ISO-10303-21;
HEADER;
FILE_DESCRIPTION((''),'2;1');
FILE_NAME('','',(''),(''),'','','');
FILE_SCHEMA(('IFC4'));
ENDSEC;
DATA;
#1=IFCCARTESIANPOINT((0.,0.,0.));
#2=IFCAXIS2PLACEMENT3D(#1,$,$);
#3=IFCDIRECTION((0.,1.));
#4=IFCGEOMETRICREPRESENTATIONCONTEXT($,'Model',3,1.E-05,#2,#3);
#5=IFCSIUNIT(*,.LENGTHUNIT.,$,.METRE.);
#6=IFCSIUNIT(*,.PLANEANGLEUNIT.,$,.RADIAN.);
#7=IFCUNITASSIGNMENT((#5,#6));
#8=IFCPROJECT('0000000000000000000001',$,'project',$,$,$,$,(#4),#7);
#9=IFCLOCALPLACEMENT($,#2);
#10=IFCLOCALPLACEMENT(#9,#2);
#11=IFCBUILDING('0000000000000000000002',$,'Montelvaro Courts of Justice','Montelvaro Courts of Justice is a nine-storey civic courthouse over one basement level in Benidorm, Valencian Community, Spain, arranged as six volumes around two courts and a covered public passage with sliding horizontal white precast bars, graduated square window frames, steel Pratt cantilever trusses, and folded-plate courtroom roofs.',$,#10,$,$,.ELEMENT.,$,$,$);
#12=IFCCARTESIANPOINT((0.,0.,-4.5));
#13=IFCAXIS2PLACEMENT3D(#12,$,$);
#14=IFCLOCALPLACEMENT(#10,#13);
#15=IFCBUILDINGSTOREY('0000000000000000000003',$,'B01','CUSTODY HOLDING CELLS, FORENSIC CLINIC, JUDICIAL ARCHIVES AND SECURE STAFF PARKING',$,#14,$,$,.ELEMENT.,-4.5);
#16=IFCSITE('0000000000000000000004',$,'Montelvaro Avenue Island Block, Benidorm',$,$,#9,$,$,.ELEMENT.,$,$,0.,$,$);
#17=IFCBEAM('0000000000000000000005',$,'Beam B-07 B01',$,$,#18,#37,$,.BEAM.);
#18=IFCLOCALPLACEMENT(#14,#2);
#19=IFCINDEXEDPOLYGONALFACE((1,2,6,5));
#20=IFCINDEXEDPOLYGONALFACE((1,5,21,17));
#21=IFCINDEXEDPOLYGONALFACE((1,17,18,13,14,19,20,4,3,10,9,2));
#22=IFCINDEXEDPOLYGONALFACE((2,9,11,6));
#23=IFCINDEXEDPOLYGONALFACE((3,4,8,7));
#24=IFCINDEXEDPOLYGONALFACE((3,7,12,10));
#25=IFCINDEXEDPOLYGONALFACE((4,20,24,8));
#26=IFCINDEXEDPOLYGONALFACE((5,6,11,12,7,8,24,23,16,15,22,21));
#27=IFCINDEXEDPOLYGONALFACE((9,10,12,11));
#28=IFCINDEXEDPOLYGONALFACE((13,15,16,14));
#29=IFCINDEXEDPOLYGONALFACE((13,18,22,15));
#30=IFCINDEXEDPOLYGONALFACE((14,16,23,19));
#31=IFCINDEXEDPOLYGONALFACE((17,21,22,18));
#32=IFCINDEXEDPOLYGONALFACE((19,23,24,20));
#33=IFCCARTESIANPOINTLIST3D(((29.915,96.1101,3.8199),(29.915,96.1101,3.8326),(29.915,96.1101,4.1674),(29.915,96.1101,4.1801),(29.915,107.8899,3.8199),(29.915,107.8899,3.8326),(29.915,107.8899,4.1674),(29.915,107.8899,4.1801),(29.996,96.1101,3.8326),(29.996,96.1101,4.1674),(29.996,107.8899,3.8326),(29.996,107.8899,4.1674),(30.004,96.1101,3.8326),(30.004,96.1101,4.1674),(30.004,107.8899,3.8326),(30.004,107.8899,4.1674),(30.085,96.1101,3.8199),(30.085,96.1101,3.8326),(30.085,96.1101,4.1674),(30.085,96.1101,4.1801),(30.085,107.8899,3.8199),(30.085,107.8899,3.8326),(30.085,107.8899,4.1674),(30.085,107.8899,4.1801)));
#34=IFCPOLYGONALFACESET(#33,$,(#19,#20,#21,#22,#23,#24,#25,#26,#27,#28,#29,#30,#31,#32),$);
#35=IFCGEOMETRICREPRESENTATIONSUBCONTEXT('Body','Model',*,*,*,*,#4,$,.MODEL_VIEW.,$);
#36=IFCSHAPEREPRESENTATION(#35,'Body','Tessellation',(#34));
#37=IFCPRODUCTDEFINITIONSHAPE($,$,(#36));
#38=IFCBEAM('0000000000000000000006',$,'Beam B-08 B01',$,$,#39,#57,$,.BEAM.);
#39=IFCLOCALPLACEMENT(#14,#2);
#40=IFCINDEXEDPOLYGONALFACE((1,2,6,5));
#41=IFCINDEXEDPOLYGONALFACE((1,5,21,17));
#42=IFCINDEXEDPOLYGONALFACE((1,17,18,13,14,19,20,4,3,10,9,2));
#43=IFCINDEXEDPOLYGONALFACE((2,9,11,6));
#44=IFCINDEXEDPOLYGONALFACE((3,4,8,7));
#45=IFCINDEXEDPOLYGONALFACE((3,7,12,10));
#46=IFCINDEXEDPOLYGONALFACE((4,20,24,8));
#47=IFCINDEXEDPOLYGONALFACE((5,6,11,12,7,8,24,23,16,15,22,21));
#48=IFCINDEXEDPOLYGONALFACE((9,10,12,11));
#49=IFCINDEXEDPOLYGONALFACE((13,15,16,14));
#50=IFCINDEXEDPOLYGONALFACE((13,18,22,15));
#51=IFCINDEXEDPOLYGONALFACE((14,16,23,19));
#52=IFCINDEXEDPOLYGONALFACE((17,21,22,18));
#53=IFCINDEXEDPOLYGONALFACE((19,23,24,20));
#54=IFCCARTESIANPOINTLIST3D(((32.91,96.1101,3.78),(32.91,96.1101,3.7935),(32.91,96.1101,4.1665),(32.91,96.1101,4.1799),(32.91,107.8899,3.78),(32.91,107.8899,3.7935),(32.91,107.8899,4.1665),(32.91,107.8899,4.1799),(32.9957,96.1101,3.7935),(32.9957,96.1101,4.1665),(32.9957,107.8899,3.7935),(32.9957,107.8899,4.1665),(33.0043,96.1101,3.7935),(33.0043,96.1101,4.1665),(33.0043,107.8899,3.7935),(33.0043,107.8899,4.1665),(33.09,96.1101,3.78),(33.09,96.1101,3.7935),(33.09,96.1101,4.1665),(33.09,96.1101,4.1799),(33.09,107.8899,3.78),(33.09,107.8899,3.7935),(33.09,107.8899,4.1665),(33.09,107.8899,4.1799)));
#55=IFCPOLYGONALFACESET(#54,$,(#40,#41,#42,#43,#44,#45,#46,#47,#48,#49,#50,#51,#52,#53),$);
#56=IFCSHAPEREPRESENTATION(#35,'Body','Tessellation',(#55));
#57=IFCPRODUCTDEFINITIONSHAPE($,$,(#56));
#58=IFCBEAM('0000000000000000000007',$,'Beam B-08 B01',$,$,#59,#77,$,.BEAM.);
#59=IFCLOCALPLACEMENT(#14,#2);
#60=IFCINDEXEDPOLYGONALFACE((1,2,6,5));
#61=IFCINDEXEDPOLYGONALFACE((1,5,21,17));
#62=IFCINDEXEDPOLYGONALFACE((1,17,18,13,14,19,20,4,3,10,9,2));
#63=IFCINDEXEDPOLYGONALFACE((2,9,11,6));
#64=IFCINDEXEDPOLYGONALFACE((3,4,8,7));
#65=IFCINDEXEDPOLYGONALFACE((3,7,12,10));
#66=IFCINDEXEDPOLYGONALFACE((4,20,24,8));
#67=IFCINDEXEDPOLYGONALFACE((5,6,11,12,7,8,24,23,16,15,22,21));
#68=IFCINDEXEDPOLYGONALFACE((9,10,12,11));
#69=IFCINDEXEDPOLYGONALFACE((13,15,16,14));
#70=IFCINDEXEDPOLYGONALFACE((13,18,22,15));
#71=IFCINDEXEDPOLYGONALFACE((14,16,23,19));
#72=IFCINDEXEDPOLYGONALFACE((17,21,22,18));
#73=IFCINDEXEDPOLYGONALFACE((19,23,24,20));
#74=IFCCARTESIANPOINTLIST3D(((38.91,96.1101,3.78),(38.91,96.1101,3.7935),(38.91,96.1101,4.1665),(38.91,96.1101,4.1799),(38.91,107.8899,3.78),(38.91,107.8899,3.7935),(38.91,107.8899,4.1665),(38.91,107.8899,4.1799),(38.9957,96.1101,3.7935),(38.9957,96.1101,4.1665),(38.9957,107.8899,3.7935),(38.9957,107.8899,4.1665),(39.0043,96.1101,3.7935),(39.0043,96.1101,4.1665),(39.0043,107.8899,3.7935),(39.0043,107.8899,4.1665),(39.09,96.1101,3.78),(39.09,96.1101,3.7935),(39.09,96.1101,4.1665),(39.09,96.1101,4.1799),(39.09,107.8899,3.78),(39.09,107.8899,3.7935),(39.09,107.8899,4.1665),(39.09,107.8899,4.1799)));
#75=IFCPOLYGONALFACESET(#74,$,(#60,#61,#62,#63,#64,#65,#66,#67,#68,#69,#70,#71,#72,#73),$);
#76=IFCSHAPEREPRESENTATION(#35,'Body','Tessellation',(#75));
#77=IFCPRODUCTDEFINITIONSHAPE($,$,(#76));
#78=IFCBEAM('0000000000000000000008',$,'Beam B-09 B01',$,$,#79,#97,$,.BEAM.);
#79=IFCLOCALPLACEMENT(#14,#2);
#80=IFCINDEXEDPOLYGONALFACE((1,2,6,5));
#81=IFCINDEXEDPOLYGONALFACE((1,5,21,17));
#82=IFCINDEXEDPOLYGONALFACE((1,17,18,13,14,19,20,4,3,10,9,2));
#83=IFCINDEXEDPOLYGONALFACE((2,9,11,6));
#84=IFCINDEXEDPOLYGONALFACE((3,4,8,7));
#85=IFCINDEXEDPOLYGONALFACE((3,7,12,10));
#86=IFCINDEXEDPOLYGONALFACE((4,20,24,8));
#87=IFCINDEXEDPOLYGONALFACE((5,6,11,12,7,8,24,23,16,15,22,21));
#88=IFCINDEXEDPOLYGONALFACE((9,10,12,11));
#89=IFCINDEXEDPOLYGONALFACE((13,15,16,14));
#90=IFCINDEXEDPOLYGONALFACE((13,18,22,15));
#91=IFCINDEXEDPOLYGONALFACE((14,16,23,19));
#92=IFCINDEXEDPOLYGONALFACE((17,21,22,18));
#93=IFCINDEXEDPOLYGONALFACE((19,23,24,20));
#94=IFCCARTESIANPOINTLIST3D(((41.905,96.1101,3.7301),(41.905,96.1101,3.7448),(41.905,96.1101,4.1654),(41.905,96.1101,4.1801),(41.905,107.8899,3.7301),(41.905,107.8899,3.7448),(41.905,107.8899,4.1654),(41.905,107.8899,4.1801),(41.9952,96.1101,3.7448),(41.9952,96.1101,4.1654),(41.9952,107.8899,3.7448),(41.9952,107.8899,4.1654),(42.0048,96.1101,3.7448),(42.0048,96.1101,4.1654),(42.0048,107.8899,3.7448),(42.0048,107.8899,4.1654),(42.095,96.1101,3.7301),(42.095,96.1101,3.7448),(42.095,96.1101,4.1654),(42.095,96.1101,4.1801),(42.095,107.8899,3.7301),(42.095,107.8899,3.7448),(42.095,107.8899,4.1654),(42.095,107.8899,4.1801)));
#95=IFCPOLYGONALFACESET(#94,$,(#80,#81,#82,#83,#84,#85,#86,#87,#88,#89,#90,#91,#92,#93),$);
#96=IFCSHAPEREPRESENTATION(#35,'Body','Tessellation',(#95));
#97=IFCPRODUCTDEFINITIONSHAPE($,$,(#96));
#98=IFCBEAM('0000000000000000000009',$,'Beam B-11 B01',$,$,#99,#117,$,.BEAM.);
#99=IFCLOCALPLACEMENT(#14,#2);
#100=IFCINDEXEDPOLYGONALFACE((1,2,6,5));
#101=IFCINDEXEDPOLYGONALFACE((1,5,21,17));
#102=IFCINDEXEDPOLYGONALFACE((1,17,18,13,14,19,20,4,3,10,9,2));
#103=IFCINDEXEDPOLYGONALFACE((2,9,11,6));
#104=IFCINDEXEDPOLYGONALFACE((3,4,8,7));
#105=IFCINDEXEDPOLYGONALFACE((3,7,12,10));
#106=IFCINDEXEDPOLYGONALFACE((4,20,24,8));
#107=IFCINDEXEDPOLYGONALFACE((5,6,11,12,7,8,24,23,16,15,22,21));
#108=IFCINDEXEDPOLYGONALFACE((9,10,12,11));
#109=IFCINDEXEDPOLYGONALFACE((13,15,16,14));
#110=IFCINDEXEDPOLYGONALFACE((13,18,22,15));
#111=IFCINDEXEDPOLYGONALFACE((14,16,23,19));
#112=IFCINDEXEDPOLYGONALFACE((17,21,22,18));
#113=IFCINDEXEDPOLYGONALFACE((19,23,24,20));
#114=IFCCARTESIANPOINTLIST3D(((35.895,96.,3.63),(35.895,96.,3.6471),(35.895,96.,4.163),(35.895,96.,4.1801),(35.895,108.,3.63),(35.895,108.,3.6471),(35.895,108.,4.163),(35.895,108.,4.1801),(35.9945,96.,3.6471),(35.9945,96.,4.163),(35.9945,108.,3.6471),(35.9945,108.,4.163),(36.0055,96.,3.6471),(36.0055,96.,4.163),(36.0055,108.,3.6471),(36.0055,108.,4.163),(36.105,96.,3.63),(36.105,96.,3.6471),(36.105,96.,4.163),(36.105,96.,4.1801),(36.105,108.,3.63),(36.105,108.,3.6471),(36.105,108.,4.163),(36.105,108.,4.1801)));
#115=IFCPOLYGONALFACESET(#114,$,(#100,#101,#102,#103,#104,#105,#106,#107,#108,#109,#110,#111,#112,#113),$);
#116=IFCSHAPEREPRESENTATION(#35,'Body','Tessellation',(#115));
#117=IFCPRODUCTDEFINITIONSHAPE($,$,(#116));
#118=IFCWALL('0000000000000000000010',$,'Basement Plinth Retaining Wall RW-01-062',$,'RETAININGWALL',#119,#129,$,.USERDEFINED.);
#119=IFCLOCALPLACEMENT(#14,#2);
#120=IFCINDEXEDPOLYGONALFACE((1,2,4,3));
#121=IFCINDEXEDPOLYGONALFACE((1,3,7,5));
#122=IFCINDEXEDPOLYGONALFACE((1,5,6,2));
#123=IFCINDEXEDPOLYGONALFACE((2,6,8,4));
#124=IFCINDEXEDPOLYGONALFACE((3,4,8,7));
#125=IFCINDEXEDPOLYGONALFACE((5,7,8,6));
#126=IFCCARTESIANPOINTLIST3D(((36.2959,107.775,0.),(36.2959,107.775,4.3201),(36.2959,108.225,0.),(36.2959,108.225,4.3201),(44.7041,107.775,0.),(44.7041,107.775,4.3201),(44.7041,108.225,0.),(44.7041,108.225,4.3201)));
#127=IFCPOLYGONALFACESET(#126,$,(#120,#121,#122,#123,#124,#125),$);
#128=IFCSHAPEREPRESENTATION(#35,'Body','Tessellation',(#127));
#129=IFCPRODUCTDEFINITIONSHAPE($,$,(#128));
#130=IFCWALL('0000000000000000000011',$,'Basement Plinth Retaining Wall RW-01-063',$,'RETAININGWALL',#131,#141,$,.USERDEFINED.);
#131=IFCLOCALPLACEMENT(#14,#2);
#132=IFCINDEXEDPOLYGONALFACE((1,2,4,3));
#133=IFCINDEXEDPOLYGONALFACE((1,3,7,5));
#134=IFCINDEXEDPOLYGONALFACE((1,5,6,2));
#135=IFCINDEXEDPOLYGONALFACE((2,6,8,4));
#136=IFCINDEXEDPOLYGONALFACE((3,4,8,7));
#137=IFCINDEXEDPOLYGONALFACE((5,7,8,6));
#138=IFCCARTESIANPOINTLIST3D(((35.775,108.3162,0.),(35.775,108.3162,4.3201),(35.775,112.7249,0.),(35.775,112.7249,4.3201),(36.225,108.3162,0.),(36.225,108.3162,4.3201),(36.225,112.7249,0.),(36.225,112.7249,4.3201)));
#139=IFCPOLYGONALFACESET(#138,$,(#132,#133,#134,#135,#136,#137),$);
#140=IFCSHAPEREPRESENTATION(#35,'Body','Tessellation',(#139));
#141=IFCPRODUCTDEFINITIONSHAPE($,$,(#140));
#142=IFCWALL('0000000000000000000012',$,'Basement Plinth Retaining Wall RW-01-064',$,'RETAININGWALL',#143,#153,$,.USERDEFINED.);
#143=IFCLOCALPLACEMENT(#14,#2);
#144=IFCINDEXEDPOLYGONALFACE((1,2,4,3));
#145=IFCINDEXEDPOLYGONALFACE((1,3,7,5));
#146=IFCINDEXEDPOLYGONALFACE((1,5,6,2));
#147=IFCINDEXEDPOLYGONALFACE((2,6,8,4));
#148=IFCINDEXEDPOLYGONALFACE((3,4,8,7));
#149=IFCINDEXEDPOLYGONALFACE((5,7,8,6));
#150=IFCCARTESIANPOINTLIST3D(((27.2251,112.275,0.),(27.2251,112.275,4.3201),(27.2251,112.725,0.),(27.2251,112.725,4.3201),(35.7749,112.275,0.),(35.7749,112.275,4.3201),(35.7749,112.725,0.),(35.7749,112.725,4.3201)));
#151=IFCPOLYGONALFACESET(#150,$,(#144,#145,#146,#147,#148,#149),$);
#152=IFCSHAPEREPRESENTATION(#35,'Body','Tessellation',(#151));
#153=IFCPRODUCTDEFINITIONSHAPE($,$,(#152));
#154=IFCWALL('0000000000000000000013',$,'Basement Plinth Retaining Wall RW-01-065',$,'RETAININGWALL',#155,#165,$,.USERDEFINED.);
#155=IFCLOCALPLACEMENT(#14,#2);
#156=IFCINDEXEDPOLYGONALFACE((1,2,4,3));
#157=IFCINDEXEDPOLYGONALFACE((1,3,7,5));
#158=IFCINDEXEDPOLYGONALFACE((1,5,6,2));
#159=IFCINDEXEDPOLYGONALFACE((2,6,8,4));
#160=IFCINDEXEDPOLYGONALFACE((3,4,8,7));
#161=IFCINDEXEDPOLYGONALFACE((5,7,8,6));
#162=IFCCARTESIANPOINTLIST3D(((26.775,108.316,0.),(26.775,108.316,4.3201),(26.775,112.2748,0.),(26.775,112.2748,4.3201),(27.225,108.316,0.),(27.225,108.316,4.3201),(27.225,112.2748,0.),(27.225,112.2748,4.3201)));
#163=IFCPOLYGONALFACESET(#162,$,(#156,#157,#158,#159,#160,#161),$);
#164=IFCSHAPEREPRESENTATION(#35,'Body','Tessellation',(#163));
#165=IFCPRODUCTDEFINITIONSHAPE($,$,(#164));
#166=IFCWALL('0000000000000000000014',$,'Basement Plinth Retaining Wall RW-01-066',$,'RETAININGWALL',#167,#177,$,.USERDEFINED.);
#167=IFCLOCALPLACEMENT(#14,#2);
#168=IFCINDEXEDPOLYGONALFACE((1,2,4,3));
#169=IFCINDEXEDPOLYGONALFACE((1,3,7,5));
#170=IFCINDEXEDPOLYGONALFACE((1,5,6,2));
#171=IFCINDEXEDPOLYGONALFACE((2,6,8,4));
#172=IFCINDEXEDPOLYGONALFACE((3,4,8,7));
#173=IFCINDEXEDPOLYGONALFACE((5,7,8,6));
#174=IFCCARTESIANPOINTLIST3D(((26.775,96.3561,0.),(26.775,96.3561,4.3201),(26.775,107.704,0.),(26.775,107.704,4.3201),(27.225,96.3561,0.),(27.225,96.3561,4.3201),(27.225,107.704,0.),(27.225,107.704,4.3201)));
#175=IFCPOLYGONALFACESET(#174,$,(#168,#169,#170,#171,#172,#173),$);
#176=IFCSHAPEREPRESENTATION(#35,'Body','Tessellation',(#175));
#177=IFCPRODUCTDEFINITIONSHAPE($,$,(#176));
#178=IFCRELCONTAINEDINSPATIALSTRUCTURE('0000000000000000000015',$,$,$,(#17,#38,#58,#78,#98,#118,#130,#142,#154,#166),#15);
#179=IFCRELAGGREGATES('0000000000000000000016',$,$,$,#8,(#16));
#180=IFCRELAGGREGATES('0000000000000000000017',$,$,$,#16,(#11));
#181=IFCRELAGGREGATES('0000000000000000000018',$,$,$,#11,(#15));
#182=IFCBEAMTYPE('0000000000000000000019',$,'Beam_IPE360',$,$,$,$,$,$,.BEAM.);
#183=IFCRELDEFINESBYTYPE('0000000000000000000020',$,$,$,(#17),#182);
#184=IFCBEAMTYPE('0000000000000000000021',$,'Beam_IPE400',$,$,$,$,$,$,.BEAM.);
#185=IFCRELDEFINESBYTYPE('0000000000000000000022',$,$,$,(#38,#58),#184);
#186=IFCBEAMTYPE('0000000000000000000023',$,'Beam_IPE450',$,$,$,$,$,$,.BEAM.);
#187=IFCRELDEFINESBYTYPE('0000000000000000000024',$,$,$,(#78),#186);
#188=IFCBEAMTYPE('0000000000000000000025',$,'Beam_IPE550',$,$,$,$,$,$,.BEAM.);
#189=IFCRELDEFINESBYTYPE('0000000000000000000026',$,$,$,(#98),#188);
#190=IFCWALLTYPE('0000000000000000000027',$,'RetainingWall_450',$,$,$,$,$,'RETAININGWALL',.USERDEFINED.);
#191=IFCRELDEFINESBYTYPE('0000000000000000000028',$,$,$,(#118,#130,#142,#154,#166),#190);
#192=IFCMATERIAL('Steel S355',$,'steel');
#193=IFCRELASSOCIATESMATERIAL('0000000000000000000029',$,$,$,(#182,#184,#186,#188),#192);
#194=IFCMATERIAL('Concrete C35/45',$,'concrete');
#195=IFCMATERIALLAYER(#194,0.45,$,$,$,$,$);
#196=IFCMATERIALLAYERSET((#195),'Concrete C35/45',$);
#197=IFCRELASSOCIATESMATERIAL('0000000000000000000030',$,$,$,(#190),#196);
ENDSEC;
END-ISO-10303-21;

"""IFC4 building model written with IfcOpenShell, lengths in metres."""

from ifc_helpers import new_model, si_unit, direction, frame, frame_2d, origin, origin_2d, place, context, subcontext, project, spatial, rectangle, i_section, extrude, material, layer, layer_set, material_profile, profile_set, type_object, element, save


model = new_model("IFC4")

# Units and contexts
model_context = context("Model", 3, precision=1e-05, world=origin(), true_north=direction((0.0, 1.0)))
body_context = subcontext(model_context, "Body", "Model", "MODEL_VIEW")
ifc_project = project(units=[si_unit("LENGTHUNIT", "METRE"), si_unit("PLANEANGLEUNIT", "RADIAN")], contexts=[model_context])

# Site, building, storey
site_placement = place(None, origin())
site = spatial("IfcSite", under=ifc_project, at=site_placement, Name="Montelvaro Avenue Island Block, Benidorm", CompositionType="ELEMENT", RefElevation=0.0)
building_placement = place(site_placement, origin())
building = spatial("IfcBuilding", under=site, at=building_placement, Name="Montelvaro Courts of Justice", Description="Montelvaro Courts of Justice is a nine-storey civic courthouse over one basement level in Benidorm, Valencian Community, Spain, arranged as six volumes around two courts and a covered public passage with sliding horizontal white precast bars, graduated square window frames, steel Pratt cantilever trusses, and folded-plate courtroom roofs.", CompositionType="ELEMENT")
storey_placement = place(building_placement, frame((0.0, 0.0, -4.5)))
storey = spatial("IfcBuildingStorey", under=building, at=storey_placement, Name="B01", Description="CUSTODY HOLDING CELLS, FORENSIC CLINIC, JUDICIAL ARCHIVES AND SECURE STAFF PARKING", CompositionType="ELEMENT", Elevation=-4.5)

# Shared definitions
ifc_material_1 = material(Name="Concrete C35/45", Category="concrete")

# Beams
ifc_material_2 = material(Name="Steel S355", Category="steel")
ifc_material_profile_1 = material_profile(ifc_material_2, i_section(OverallWidth=0.1699, OverallDepth=0.3601, WebThickness=0.0081, FlangeThickness=0.0127, at=origin_2d()), Name="IPE 360")
ifc_profile_set_1 = profile_set([ifc_material_profile_1], Name="Steel S355")
beam_type_1 = type_object("IfcBeamType", Name="Beam_IPE360", PredefinedType="BEAM", material=ifc_profile_set_1)
beam_1_placement = place(storey_placement, frame((30.0, 96.1101, 4.0), z_axis=(0.0, 1.0, 0.0), x_axis=(-1.0, 0.0, 0.0)))
element("IfcBeam", 1, at=beam_1_placement, inside=storey, type_object=beam_type_1, Name="Beam B-07 B01", PredefinedType="BEAM", context=body_context, shape_type="SweptSolid", body=[
    extrude(i_section(OverallWidth=0.1699, OverallDepth=0.3601, WebThickness=0.0081, FlangeThickness=0.0127, at=origin_2d()), origin(), (0.0, 0.0, 1.0), 11.7798),
])
ifc_material_profile_2 = material_profile(ifc_material_2, i_section(OverallWidth=0.1799, OverallDepth=0.3999, WebThickness=0.0085, FlangeThickness=0.0134, at=origin_2d()), Name="IPE 400")
ifc_profile_set_2 = profile_set([ifc_material_profile_2], Name="Steel S355")
beam_type_2 = type_object("IfcBeamType", Name="Beam_IPE400", PredefinedType="BEAM", material=ifc_profile_set_2)
for number, where, z_axis, x_axis, name in (
    (2, (33.0, 96.1101, 3.98), (0.0, 1.0, 0.0), (-1.0, 0.0, 0.0), "Beam B-08 B01"),
    (3, (39.0, 96.1101, 3.98), (0.0, 1.0, 0.0), (-1.0, 0.0, 0.0), "Beam B-08 B01"),
):
    element("IfcBeam", number, at=place(storey_placement, frame(where, z_axis=z_axis, x_axis=x_axis)), inside=storey, type_object=beam_type_2, Name=name, PredefinedType="BEAM", context=body_context, shape_type="SweptSolid", body=[
        extrude(i_section(OverallWidth=0.1799, OverallDepth=0.3999, WebThickness=0.0085, FlangeThickness=0.0134, at=origin_2d()), origin(), (0.0, 0.0, 1.0), 11.7798),
    ])
ifc_material_profile_3 = material_profile(ifc_material_2, i_section(OverallWidth=0.1899, OverallDepth=0.45, WebThickness=0.0095, FlangeThickness=0.0146, at=origin_2d()), Name="IPE 450")
ifc_profile_set_3 = profile_set([ifc_material_profile_3], Name="Steel S355")
beam_type_3 = type_object("IfcBeamType", Name="Beam_IPE450", PredefinedType="BEAM", material=ifc_profile_set_3)
beam_2_placement = place(storey_placement, frame((42.0, 96.1101, 3.9551), z_axis=(0.0, 1.0, 0.0), x_axis=(-1.0, 0.0, 0.0)))
element("IfcBeam", 4, at=beam_2_placement, inside=storey, type_object=beam_type_3, Name="Beam B-09 B01", PredefinedType="BEAM", context=body_context, shape_type="SweptSolid", body=[
    extrude(i_section(OverallWidth=0.1899, OverallDepth=0.45, WebThickness=0.0095, FlangeThickness=0.0146, at=origin_2d()), origin(), (0.0, 0.0, 1.0), 11.7798),
])
ifc_material_profile_4 = material_profile(ifc_material_2, i_section(OverallWidth=0.21, OverallDepth=0.55, WebThickness=0.011, FlangeThickness=0.0171, at=origin_2d()), Name="IPE 550")
ifc_profile_set_4 = profile_set([ifc_material_profile_4], Name="Steel S355")
beam_type_4 = type_object("IfcBeamType", Name="Beam_IPE550", PredefinedType="BEAM", material=ifc_profile_set_4)
beam_3_placement = place(storey_placement, frame((36.0, 96.0, 3.905), z_axis=(0.0, 1.0, 0.0), x_axis=(-1.0, 0.0, 0.0)))
element("IfcBeam", 5, at=beam_3_placement, inside=storey, type_object=beam_type_4, Name="Beam B-11 B01", PredefinedType="BEAM", context=body_context, shape_type="SweptSolid", body=[
    extrude(i_section(OverallWidth=0.21, OverallDepth=0.55, WebThickness=0.011, FlangeThickness=0.0171, at=origin_2d()), origin(), (0.0, 0.0, 1.0), 12.0),
])

# Walls
ifc_layer = layer(ifc_material_1, 0.45)
ifc_layer_set = layer_set([ifc_layer], Name="Concrete C35/45")
wall_type = type_object("IfcWallType", Name="RetainingWall_450", ElementType="RETAININGWALL", PredefinedType="USERDEFINED", material=ifc_layer_set)
wall_1_placement = place(storey_placement, frame((44.7041, 108.0, 0.0), z_axis=(0.0, 0.0, 1.0), x_axis=(-1.0, 0.0, 0.0)))
element("IfcWall", 6, at=wall_1_placement, inside=storey, type_object=wall_type, Name="Basement Plinth Retaining Wall RW-01-062", ObjectType="RETAININGWALL", PredefinedType="USERDEFINED", context=body_context, shape_type="SweptSolid", body=[
    extrude(rectangle(XDim=8.4082, YDim=0.45, at=frame_2d((4.2041, 0.0))), origin(), (0.0, 0.0, 1.0), 4.3201),
])
wall_2_placement = place(storey_placement, frame((36.0, 108.3162, 0.0), z_axis=(0.0, 0.0, 1.0), x_axis=(0.0, 1.0, 0.0)))
element("IfcWall", 7, at=wall_2_placement, inside=storey, type_object=wall_type, Name="Basement Plinth Retaining Wall RW-01-063", ObjectType="RETAININGWALL", PredefinedType="USERDEFINED", context=body_context, shape_type="SweptSolid", body=[
    extrude(rectangle(XDim=4.4087, YDim=0.45, at=frame_2d((2.2043, 0.0))), origin(), (0.0, 0.0, 1.0), 4.3201),
])
wall_3_placement = place(storey_placement, frame((35.7749, 112.5, 0.0), z_axis=(0.0, 0.0, 1.0), x_axis=(-1.0, 0.0, 0.0)))
element("IfcWall", 8, at=wall_3_placement, inside=storey, type_object=wall_type, Name="Basement Plinth Retaining Wall RW-01-064", ObjectType="RETAININGWALL", PredefinedType="USERDEFINED", context=body_context, shape_type="SweptSolid", body=[
    extrude(rectangle(XDim=8.5498, YDim=0.45, at=frame_2d((4.2749, 0.0))), origin(), (0.0, 0.0, 1.0), 4.3201),
])
wall_4_placement = place(storey_placement, frame((27.0, 112.2749, 0.0), z_axis=(0.0, 0.0, 1.0), x_axis=(0.0, -1.0, 0.0)))
element("IfcWall", 9, at=wall_4_placement, inside=storey, type_object=wall_type, Name="Basement Plinth Retaining Wall RW-01-065", ObjectType="RETAININGWALL", PredefinedType="USERDEFINED", context=body_context, shape_type="SweptSolid", body=[
    extrude(rectangle(XDim=3.9587, YDim=0.45, at=frame_2d((1.9795, 0.0))), origin(), (0.0, 0.0, 1.0), 4.3201),
])
wall_5_placement = place(storey_placement, frame((27.0, 107.7039, 0.0), z_axis=(0.0, 0.0, 1.0), x_axis=(0.0, -1.0, 0.0)))
element("IfcWall", 10, at=wall_5_placement, inside=storey, type_object=wall_type, Name="Basement Plinth Retaining Wall RW-01-066", ObjectType="RETAININGWALL", PredefinedType="USERDEFINED", context=body_context, shape_type="SweptSolid", body=[
    extrude(rectangle(XDim=11.3479, YDim=0.45, at=frame_2d((5.6738, 0.0))), origin(), (0.0, 0.0, 1.0), 4.3201),
])

save(model, "model.ifc")
